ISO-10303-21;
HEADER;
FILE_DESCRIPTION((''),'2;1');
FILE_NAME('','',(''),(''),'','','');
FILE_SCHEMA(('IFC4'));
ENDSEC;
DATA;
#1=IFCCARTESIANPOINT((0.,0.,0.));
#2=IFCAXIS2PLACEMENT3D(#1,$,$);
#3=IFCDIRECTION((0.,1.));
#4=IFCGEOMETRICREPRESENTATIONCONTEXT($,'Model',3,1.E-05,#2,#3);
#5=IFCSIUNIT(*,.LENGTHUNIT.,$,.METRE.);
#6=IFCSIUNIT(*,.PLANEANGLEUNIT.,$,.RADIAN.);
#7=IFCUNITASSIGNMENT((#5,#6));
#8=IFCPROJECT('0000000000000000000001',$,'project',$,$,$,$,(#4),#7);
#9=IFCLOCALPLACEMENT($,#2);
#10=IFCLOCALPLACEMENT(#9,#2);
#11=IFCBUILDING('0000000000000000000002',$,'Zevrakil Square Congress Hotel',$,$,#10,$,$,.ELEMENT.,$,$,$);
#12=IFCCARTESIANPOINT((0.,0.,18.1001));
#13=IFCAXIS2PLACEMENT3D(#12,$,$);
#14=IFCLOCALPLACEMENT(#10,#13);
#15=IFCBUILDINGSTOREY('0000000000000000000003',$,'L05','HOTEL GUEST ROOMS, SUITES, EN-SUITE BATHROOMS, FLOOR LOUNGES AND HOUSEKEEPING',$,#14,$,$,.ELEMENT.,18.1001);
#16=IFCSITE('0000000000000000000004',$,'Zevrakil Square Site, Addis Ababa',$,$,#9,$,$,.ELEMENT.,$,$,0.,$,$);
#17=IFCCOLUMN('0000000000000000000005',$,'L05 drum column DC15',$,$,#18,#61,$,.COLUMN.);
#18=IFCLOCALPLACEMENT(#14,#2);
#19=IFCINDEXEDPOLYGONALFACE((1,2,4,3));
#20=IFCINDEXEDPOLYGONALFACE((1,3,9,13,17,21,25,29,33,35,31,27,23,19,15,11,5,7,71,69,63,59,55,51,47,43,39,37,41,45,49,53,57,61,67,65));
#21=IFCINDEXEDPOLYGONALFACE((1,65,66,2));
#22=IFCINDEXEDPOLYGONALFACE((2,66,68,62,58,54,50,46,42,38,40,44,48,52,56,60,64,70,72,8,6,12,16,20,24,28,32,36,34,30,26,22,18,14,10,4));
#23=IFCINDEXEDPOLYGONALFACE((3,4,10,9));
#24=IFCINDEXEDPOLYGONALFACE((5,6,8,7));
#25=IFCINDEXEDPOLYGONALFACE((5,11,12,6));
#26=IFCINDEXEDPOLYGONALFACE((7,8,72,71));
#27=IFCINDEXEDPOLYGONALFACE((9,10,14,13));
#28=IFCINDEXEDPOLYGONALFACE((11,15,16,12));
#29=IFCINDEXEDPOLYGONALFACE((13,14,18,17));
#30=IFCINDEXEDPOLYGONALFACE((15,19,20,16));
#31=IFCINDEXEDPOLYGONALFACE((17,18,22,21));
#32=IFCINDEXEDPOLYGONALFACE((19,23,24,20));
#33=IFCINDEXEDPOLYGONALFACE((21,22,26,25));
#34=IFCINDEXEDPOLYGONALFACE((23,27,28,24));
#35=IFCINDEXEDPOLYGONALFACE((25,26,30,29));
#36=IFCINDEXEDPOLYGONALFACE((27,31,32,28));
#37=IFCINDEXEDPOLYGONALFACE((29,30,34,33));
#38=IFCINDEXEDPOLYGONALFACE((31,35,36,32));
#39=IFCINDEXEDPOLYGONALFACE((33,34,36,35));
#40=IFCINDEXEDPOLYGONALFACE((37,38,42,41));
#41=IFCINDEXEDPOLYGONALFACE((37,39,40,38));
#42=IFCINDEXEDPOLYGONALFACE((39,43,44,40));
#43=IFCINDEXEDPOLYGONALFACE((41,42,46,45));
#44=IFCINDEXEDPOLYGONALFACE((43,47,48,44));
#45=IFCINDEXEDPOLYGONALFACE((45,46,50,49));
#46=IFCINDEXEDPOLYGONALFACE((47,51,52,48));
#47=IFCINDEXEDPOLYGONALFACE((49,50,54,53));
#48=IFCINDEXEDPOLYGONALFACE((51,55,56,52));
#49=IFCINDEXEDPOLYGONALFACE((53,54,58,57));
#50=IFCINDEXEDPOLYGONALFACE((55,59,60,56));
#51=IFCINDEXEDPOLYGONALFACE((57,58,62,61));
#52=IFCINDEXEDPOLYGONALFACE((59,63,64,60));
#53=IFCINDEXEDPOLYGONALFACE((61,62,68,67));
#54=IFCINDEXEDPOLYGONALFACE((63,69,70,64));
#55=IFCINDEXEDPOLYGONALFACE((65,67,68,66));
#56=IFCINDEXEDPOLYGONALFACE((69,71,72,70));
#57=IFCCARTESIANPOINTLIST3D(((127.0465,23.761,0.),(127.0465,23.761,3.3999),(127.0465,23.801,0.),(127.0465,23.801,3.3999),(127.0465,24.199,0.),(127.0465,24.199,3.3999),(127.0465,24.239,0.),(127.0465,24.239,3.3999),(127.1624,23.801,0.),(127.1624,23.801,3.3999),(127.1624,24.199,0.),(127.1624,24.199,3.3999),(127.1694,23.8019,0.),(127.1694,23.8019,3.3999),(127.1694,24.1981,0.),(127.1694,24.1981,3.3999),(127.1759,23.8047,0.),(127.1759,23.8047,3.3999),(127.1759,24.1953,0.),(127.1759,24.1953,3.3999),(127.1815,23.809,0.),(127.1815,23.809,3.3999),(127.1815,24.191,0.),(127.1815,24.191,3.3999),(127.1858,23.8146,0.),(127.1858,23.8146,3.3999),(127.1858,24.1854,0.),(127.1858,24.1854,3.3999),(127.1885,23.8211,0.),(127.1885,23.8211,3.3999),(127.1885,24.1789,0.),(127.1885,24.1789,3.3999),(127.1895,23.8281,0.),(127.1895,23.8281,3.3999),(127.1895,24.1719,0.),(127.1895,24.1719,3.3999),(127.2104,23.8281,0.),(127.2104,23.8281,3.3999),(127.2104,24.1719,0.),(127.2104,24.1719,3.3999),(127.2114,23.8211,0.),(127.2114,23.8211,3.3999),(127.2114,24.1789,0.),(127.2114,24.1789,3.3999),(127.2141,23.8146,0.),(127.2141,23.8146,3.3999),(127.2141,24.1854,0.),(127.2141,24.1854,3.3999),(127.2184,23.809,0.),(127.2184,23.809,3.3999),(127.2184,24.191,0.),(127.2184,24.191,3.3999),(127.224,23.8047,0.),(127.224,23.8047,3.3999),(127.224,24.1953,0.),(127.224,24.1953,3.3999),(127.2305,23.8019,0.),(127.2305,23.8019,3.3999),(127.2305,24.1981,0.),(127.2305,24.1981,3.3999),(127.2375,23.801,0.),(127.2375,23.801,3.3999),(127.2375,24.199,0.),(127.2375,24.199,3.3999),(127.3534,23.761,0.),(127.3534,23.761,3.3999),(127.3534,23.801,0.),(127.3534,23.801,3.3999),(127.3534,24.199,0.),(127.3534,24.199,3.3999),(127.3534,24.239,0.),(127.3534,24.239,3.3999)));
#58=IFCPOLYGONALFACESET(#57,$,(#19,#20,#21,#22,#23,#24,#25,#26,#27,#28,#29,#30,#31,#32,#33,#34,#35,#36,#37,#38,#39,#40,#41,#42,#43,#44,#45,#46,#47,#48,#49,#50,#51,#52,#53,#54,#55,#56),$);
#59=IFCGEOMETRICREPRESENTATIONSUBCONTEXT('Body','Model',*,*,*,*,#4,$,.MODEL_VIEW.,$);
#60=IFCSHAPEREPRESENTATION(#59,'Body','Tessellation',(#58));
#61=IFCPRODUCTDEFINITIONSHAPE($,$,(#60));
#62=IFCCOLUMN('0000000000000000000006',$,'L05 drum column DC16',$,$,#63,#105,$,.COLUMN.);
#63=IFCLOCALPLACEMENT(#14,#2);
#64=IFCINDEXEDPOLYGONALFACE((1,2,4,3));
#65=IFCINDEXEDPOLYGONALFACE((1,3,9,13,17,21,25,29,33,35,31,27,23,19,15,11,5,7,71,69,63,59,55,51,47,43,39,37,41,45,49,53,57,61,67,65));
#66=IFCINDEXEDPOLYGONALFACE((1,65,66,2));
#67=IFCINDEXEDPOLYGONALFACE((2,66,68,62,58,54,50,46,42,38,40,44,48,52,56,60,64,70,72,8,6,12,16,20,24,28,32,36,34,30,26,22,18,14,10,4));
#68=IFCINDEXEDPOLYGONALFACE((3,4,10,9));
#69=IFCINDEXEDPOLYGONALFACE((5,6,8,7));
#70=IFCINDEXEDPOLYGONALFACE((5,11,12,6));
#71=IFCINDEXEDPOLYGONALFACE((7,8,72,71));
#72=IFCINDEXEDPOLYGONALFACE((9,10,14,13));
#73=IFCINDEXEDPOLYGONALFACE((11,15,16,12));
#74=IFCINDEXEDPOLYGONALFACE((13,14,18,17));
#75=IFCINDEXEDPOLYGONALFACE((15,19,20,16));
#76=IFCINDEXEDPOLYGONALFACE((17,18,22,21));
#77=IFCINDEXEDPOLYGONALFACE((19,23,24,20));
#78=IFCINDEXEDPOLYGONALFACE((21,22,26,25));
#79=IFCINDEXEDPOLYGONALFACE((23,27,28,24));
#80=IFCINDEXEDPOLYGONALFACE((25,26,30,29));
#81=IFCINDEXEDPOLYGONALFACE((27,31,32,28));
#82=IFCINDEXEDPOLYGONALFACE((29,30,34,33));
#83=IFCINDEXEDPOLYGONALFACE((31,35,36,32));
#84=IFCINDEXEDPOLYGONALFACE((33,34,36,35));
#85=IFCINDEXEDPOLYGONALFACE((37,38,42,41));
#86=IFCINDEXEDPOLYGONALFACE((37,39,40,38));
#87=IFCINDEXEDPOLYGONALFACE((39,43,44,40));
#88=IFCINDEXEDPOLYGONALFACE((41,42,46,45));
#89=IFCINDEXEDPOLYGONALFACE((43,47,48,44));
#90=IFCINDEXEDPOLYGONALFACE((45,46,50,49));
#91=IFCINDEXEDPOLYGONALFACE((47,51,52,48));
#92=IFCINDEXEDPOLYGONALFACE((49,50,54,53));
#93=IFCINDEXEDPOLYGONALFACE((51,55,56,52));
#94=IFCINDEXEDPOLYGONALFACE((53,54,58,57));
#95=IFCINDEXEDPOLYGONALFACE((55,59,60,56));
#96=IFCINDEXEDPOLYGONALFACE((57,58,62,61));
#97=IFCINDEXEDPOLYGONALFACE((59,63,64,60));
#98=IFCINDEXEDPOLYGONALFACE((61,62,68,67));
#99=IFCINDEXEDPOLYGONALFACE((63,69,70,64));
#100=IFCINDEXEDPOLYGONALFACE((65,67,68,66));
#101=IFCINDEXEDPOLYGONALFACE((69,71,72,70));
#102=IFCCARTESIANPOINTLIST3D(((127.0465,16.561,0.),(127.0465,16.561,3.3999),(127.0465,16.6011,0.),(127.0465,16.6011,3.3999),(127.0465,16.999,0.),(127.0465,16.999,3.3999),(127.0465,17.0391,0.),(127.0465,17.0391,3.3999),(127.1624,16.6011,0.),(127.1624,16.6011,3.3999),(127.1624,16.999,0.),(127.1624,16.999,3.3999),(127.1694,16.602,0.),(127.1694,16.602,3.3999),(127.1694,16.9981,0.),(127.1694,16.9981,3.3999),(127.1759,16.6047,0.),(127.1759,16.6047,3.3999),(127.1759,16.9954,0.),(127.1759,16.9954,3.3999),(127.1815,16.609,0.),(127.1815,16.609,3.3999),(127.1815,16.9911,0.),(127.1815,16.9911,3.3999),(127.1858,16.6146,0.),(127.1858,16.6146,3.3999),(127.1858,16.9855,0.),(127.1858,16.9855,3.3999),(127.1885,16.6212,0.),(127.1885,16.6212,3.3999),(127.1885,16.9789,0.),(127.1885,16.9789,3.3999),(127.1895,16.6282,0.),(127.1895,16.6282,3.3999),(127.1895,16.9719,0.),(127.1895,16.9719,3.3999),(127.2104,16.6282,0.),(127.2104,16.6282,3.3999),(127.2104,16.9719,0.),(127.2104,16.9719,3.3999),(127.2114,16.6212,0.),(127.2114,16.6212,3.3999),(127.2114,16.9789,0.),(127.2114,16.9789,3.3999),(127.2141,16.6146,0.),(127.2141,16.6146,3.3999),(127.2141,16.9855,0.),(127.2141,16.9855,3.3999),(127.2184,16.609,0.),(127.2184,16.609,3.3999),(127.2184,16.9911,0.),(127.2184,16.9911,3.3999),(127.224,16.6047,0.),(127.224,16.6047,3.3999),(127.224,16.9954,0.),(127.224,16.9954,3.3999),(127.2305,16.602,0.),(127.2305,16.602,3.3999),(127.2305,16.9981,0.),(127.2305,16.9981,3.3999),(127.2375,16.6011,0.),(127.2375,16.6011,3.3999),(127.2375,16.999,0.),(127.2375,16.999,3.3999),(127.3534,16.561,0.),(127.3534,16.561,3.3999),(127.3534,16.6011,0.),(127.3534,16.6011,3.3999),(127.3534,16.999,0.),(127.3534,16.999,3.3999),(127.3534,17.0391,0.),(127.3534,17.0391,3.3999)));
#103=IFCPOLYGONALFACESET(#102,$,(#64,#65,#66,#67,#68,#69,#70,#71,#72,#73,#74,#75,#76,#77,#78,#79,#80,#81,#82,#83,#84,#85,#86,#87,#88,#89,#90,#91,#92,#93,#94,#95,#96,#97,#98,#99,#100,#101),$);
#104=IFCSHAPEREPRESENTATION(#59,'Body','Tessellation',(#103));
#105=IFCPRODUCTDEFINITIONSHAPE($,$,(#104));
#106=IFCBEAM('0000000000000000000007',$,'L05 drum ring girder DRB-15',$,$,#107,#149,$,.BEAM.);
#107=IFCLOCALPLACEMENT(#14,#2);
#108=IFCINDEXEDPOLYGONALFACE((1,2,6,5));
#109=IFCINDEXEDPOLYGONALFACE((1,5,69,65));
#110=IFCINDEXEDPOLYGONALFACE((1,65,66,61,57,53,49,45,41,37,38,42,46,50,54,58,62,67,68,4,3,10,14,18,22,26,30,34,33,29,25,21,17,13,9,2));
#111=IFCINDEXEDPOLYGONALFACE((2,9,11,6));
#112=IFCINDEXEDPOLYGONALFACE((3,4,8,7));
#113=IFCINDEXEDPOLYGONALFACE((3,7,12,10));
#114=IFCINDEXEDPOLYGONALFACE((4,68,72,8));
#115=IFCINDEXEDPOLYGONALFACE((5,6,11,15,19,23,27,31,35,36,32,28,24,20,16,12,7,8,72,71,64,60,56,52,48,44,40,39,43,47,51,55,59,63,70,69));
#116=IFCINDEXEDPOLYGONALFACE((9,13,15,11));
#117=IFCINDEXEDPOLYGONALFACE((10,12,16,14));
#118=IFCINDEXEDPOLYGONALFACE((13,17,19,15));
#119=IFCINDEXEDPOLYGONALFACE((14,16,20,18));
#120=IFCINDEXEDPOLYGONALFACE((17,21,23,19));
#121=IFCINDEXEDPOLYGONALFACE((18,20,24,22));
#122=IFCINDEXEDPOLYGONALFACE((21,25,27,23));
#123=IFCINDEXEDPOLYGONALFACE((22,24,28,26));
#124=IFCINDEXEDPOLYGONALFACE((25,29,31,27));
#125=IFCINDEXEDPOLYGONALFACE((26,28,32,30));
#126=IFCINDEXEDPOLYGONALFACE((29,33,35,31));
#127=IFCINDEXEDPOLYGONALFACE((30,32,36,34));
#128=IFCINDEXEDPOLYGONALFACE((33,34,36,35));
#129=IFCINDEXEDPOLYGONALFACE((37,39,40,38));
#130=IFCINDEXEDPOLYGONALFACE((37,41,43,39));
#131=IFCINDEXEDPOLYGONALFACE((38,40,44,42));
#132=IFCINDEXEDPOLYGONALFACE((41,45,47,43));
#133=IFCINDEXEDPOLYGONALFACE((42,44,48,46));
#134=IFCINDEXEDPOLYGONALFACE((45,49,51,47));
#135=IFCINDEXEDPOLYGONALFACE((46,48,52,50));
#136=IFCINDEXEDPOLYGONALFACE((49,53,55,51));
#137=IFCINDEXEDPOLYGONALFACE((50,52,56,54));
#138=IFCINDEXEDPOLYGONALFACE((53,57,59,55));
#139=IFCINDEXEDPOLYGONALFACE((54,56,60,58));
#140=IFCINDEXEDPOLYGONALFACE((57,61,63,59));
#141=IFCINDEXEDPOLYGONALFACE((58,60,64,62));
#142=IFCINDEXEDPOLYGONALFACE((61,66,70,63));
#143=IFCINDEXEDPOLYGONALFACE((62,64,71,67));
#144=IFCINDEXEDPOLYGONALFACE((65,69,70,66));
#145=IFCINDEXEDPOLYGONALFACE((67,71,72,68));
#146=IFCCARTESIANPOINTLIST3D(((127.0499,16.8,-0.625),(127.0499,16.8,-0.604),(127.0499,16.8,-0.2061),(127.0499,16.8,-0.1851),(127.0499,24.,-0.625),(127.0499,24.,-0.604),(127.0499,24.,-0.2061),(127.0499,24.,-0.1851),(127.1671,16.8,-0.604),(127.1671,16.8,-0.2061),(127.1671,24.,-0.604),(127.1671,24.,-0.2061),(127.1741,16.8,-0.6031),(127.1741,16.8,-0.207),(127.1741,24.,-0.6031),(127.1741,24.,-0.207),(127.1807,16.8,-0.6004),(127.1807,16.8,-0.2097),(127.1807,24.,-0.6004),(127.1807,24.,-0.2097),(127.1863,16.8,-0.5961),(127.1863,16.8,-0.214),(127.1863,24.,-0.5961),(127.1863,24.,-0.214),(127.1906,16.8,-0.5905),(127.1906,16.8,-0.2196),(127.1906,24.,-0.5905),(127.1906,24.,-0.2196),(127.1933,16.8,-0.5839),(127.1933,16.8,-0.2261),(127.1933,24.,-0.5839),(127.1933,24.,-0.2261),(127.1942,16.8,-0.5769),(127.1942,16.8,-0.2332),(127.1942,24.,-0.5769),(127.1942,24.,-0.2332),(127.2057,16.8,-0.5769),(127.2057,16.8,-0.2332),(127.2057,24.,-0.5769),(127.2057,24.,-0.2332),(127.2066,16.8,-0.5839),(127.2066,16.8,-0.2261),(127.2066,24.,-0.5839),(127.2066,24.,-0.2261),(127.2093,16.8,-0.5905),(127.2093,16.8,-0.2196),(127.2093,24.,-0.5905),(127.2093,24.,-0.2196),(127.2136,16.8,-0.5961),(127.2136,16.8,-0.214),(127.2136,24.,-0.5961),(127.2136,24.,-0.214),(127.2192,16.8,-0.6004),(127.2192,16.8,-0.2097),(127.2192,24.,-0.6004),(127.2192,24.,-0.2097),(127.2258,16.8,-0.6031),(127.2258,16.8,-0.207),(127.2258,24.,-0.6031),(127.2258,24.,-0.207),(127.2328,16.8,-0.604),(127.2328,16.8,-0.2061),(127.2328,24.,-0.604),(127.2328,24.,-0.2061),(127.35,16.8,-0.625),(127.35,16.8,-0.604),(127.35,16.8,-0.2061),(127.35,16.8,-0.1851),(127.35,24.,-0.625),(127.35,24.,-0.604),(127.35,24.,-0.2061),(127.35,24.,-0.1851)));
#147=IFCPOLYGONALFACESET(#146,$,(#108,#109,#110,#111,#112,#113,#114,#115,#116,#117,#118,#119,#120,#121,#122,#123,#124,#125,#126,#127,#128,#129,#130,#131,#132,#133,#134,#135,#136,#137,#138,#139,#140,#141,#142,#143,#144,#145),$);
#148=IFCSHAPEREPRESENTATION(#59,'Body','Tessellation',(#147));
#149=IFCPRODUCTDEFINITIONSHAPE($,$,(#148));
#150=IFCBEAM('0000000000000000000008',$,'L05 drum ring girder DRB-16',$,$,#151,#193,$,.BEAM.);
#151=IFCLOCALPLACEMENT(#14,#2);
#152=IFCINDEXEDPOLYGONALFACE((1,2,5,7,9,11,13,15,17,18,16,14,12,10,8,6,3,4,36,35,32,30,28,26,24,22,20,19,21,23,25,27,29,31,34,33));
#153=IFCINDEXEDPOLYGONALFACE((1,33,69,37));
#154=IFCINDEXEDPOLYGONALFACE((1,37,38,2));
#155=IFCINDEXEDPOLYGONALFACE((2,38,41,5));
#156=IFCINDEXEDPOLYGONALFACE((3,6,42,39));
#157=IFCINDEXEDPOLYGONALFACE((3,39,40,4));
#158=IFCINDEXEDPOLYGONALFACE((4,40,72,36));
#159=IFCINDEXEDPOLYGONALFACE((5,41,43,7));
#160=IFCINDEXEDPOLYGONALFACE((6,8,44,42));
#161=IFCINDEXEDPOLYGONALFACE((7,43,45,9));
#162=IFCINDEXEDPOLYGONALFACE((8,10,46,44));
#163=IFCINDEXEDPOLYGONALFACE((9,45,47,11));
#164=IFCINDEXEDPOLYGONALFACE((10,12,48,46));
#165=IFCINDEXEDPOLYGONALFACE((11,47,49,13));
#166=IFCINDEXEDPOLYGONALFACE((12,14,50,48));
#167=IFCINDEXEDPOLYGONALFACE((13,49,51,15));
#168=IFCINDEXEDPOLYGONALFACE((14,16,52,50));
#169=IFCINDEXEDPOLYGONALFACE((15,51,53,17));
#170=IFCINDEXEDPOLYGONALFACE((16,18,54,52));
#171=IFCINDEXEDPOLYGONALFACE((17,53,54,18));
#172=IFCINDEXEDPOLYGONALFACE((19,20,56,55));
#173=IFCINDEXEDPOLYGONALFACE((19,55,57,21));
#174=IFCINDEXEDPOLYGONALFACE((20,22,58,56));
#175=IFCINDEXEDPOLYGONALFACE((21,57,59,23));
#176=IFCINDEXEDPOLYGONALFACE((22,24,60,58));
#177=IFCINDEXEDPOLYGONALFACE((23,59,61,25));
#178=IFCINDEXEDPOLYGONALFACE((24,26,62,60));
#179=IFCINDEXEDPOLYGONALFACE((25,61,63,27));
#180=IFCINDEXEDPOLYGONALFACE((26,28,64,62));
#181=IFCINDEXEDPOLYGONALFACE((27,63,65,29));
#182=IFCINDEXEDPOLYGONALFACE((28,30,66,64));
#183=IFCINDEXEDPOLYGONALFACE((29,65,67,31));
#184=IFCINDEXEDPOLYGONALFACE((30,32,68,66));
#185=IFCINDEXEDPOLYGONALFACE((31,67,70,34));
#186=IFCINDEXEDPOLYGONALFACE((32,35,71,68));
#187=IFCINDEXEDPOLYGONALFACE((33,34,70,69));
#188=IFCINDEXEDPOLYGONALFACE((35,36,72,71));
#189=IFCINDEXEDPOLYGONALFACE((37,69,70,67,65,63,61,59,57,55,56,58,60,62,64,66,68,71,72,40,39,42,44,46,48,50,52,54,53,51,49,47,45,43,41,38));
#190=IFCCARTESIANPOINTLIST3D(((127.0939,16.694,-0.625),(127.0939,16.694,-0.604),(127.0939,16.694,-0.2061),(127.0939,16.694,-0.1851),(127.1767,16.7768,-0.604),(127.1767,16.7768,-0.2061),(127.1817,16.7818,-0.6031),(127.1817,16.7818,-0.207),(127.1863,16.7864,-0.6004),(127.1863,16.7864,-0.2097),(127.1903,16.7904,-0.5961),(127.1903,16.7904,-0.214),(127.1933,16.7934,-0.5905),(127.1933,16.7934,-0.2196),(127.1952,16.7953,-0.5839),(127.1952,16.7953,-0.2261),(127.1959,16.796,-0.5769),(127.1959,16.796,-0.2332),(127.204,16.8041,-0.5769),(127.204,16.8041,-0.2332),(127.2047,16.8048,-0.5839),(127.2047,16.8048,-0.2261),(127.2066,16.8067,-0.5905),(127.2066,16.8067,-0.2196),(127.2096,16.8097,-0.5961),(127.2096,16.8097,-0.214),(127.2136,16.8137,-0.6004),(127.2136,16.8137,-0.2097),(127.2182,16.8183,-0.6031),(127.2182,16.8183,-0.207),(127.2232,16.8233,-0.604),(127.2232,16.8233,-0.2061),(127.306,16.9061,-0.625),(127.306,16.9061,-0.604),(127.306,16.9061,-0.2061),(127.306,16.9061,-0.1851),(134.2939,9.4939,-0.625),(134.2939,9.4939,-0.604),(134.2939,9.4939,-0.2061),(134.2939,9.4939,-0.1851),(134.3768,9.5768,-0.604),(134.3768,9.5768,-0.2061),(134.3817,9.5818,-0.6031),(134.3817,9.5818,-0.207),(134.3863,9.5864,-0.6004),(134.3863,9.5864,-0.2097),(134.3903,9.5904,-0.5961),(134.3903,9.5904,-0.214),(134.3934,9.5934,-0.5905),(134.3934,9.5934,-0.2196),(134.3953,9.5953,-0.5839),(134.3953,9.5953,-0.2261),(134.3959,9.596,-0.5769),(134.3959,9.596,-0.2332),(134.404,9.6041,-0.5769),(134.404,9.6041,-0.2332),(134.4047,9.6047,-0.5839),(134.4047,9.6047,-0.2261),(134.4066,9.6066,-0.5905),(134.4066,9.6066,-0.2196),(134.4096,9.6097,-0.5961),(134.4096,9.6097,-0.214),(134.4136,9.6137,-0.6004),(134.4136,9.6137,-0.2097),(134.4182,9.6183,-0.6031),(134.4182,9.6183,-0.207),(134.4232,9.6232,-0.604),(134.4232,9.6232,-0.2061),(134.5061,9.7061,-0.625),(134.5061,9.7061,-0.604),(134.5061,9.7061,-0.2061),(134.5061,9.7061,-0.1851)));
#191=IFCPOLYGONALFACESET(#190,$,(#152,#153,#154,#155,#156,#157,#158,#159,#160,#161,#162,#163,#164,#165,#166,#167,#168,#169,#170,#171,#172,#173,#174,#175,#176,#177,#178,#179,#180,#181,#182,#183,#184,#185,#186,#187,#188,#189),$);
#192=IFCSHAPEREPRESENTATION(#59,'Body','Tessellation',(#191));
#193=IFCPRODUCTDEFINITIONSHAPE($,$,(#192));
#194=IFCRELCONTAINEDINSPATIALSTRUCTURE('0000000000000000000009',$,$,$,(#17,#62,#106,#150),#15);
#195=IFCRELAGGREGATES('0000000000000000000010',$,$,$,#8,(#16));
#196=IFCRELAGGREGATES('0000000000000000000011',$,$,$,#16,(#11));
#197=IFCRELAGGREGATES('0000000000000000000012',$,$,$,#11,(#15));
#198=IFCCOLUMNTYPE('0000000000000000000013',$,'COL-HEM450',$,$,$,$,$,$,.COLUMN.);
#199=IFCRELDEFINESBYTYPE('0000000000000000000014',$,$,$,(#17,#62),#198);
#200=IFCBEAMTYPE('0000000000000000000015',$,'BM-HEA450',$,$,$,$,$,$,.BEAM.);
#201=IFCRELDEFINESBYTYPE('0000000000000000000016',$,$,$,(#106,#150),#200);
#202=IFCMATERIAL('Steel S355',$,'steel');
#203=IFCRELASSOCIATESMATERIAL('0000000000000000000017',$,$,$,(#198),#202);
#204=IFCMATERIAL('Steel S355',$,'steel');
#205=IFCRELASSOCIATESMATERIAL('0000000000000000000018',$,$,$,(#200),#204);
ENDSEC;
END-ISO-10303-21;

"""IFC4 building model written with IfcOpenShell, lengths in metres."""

from ifc_helpers import new_model, si_unit, direction, frame, origin, origin_2d, place, context, subcontext, project, spatial, i_section, extrude, material, material_profile, profile_set, type_object, element, save


model = new_model("IFC4")

# Units and contexts
model_context = context("Model", 3, precision=1e-05, world=origin(), true_north=direction((0.0, 1.0)))
body_context = subcontext(model_context, "Body", "Model", "MODEL_VIEW")
ifc_project = project(units=[si_unit("LENGTHUNIT", "METRE"), si_unit("PLANEANGLEUNIT", "RADIAN")], contexts=[model_context])

# Site, building, storey
site_placement = place(None, origin())
site = spatial("IfcSite", under=ifc_project, at=site_placement, Name="Zevrakil Square Site, Addis Ababa", CompositionType="ELEMENT", RefElevation=0.0)
building_placement = place(site_placement, origin())
building = spatial("IfcBuilding", under=site, at=building_placement, Name="Zevrakil Square Congress Hotel", CompositionType="ELEMENT")
storey_placement = place(building_placement, frame((0.0, 0.0, 18.1001)))
storey = spatial("IfcBuildingStorey", under=building, at=storey_placement, Name="L05", Description="HOTEL GUEST ROOMS, SUITES, EN-SUITE BATHROOMS, FLOOR LOUNGES AND HOUSEKEEPING", CompositionType="ELEMENT", Elevation=18.1001)

# Columns
ifc_material_1 = material(Name="Steel S355", Category="steel")
ifc_material_profile_1 = material_profile(ifc_material_1, i_section(OverallWidth=0.3069, OverallDepth=0.478, WebThickness=0.021, FlangeThickness=0.04, FilletRadius=0.0271, at=origin_2d()), Name="HEM 450")
ifc_profile_set_1 = profile_set([ifc_material_profile_1], Name="Steel S355")
column_type = type_object("IfcColumnType", Name="COL-HEM450", PredefinedType="COLUMN", material=ifc_profile_set_1)
for number, where, z_axis, x_axis, name in (
    (1, (127.2, 24.0, 0.0), (0.0, 0.0, 1.0), (1.0, 0.0, 0.0), "L05 drum column DC15"),
    (2, (127.2, 16.8, 0.0), (0.0, 0.0, 1.0), (1.0, 0.0, 0.0), "L05 drum column DC16"),
):
    element("IfcColumn", number, at=place(storey_placement, frame(where, z_axis=z_axis, x_axis=x_axis)), inside=storey, type_object=column_type, Name=name, PredefinedType="COLUMN", context=body_context, shape_type="SweptSolid", body=[
        extrude(i_section(OverallWidth=0.3069, OverallDepth=0.478, WebThickness=0.021, FlangeThickness=0.04, FilletRadius=0.0271, at=origin_2d()), origin(), (0.0, 0.0, 1.0), 3.3999),
    ])

# Beams
ifc_material_2 = material(Name="Steel S355", Category="steel")
ifc_material_profile_2 = material_profile(ifc_material_2, i_section(OverallWidth=0.3, OverallDepth=0.4399, WebThickness=0.0115, FlangeThickness=0.021, FilletRadius=0.0271, at=origin_2d()), Name="HEA 450")
ifc_profile_set_2 = profile_set([ifc_material_profile_2], Name="Steel S355")
beam_type_1 = type_object("IfcBeamType", Name="BM-HEA450", PredefinedType="BEAM", material=ifc_profile_set_2)
beam_1_placement = place(storey_placement, frame((127.2, 24.0, -0.405), z_axis=(0.0, -1.0, 0.0), x_axis=(1.0, 0.0, 0.0)))
element("IfcBeam", 3, at=beam_1_placement, inside=storey, type_object=beam_type_1, Name="L05 drum ring girder DRB-15", PredefinedType="BEAM", context=body_context, shape_type="SweptSolid", body=[
    extrude(i_section(OverallWidth=0.3, OverallDepth=0.4399, WebThickness=0.0115, FlangeThickness=0.021, FilletRadius=0.0271, at=origin_2d()), origin(), (0.0, 0.0, 1.0), 7.2),
])
beam_2_placement = place(storey_placement, frame((127.2, 16.8, -0.405), z_axis=(0.707107, -0.707107, 0.0), x_axis=(0.707107, 0.707107, 0.0)))
element("IfcBeam", 4, at=beam_2_placement, inside=storey, type_object=beam_type_1, Name="L05 drum ring girder DRB-16", PredefinedType="BEAM", context=body_context, shape_type="SweptSolid", body=[
    extrude(i_section(OverallWidth=0.3, OverallDepth=0.4399, WebThickness=0.0115, FlangeThickness=0.021, FilletRadius=0.0271, at=origin_2d()), origin(), (0.0, 0.0, 1.0), 10.1824),
])

save(model, "model.ifc")
